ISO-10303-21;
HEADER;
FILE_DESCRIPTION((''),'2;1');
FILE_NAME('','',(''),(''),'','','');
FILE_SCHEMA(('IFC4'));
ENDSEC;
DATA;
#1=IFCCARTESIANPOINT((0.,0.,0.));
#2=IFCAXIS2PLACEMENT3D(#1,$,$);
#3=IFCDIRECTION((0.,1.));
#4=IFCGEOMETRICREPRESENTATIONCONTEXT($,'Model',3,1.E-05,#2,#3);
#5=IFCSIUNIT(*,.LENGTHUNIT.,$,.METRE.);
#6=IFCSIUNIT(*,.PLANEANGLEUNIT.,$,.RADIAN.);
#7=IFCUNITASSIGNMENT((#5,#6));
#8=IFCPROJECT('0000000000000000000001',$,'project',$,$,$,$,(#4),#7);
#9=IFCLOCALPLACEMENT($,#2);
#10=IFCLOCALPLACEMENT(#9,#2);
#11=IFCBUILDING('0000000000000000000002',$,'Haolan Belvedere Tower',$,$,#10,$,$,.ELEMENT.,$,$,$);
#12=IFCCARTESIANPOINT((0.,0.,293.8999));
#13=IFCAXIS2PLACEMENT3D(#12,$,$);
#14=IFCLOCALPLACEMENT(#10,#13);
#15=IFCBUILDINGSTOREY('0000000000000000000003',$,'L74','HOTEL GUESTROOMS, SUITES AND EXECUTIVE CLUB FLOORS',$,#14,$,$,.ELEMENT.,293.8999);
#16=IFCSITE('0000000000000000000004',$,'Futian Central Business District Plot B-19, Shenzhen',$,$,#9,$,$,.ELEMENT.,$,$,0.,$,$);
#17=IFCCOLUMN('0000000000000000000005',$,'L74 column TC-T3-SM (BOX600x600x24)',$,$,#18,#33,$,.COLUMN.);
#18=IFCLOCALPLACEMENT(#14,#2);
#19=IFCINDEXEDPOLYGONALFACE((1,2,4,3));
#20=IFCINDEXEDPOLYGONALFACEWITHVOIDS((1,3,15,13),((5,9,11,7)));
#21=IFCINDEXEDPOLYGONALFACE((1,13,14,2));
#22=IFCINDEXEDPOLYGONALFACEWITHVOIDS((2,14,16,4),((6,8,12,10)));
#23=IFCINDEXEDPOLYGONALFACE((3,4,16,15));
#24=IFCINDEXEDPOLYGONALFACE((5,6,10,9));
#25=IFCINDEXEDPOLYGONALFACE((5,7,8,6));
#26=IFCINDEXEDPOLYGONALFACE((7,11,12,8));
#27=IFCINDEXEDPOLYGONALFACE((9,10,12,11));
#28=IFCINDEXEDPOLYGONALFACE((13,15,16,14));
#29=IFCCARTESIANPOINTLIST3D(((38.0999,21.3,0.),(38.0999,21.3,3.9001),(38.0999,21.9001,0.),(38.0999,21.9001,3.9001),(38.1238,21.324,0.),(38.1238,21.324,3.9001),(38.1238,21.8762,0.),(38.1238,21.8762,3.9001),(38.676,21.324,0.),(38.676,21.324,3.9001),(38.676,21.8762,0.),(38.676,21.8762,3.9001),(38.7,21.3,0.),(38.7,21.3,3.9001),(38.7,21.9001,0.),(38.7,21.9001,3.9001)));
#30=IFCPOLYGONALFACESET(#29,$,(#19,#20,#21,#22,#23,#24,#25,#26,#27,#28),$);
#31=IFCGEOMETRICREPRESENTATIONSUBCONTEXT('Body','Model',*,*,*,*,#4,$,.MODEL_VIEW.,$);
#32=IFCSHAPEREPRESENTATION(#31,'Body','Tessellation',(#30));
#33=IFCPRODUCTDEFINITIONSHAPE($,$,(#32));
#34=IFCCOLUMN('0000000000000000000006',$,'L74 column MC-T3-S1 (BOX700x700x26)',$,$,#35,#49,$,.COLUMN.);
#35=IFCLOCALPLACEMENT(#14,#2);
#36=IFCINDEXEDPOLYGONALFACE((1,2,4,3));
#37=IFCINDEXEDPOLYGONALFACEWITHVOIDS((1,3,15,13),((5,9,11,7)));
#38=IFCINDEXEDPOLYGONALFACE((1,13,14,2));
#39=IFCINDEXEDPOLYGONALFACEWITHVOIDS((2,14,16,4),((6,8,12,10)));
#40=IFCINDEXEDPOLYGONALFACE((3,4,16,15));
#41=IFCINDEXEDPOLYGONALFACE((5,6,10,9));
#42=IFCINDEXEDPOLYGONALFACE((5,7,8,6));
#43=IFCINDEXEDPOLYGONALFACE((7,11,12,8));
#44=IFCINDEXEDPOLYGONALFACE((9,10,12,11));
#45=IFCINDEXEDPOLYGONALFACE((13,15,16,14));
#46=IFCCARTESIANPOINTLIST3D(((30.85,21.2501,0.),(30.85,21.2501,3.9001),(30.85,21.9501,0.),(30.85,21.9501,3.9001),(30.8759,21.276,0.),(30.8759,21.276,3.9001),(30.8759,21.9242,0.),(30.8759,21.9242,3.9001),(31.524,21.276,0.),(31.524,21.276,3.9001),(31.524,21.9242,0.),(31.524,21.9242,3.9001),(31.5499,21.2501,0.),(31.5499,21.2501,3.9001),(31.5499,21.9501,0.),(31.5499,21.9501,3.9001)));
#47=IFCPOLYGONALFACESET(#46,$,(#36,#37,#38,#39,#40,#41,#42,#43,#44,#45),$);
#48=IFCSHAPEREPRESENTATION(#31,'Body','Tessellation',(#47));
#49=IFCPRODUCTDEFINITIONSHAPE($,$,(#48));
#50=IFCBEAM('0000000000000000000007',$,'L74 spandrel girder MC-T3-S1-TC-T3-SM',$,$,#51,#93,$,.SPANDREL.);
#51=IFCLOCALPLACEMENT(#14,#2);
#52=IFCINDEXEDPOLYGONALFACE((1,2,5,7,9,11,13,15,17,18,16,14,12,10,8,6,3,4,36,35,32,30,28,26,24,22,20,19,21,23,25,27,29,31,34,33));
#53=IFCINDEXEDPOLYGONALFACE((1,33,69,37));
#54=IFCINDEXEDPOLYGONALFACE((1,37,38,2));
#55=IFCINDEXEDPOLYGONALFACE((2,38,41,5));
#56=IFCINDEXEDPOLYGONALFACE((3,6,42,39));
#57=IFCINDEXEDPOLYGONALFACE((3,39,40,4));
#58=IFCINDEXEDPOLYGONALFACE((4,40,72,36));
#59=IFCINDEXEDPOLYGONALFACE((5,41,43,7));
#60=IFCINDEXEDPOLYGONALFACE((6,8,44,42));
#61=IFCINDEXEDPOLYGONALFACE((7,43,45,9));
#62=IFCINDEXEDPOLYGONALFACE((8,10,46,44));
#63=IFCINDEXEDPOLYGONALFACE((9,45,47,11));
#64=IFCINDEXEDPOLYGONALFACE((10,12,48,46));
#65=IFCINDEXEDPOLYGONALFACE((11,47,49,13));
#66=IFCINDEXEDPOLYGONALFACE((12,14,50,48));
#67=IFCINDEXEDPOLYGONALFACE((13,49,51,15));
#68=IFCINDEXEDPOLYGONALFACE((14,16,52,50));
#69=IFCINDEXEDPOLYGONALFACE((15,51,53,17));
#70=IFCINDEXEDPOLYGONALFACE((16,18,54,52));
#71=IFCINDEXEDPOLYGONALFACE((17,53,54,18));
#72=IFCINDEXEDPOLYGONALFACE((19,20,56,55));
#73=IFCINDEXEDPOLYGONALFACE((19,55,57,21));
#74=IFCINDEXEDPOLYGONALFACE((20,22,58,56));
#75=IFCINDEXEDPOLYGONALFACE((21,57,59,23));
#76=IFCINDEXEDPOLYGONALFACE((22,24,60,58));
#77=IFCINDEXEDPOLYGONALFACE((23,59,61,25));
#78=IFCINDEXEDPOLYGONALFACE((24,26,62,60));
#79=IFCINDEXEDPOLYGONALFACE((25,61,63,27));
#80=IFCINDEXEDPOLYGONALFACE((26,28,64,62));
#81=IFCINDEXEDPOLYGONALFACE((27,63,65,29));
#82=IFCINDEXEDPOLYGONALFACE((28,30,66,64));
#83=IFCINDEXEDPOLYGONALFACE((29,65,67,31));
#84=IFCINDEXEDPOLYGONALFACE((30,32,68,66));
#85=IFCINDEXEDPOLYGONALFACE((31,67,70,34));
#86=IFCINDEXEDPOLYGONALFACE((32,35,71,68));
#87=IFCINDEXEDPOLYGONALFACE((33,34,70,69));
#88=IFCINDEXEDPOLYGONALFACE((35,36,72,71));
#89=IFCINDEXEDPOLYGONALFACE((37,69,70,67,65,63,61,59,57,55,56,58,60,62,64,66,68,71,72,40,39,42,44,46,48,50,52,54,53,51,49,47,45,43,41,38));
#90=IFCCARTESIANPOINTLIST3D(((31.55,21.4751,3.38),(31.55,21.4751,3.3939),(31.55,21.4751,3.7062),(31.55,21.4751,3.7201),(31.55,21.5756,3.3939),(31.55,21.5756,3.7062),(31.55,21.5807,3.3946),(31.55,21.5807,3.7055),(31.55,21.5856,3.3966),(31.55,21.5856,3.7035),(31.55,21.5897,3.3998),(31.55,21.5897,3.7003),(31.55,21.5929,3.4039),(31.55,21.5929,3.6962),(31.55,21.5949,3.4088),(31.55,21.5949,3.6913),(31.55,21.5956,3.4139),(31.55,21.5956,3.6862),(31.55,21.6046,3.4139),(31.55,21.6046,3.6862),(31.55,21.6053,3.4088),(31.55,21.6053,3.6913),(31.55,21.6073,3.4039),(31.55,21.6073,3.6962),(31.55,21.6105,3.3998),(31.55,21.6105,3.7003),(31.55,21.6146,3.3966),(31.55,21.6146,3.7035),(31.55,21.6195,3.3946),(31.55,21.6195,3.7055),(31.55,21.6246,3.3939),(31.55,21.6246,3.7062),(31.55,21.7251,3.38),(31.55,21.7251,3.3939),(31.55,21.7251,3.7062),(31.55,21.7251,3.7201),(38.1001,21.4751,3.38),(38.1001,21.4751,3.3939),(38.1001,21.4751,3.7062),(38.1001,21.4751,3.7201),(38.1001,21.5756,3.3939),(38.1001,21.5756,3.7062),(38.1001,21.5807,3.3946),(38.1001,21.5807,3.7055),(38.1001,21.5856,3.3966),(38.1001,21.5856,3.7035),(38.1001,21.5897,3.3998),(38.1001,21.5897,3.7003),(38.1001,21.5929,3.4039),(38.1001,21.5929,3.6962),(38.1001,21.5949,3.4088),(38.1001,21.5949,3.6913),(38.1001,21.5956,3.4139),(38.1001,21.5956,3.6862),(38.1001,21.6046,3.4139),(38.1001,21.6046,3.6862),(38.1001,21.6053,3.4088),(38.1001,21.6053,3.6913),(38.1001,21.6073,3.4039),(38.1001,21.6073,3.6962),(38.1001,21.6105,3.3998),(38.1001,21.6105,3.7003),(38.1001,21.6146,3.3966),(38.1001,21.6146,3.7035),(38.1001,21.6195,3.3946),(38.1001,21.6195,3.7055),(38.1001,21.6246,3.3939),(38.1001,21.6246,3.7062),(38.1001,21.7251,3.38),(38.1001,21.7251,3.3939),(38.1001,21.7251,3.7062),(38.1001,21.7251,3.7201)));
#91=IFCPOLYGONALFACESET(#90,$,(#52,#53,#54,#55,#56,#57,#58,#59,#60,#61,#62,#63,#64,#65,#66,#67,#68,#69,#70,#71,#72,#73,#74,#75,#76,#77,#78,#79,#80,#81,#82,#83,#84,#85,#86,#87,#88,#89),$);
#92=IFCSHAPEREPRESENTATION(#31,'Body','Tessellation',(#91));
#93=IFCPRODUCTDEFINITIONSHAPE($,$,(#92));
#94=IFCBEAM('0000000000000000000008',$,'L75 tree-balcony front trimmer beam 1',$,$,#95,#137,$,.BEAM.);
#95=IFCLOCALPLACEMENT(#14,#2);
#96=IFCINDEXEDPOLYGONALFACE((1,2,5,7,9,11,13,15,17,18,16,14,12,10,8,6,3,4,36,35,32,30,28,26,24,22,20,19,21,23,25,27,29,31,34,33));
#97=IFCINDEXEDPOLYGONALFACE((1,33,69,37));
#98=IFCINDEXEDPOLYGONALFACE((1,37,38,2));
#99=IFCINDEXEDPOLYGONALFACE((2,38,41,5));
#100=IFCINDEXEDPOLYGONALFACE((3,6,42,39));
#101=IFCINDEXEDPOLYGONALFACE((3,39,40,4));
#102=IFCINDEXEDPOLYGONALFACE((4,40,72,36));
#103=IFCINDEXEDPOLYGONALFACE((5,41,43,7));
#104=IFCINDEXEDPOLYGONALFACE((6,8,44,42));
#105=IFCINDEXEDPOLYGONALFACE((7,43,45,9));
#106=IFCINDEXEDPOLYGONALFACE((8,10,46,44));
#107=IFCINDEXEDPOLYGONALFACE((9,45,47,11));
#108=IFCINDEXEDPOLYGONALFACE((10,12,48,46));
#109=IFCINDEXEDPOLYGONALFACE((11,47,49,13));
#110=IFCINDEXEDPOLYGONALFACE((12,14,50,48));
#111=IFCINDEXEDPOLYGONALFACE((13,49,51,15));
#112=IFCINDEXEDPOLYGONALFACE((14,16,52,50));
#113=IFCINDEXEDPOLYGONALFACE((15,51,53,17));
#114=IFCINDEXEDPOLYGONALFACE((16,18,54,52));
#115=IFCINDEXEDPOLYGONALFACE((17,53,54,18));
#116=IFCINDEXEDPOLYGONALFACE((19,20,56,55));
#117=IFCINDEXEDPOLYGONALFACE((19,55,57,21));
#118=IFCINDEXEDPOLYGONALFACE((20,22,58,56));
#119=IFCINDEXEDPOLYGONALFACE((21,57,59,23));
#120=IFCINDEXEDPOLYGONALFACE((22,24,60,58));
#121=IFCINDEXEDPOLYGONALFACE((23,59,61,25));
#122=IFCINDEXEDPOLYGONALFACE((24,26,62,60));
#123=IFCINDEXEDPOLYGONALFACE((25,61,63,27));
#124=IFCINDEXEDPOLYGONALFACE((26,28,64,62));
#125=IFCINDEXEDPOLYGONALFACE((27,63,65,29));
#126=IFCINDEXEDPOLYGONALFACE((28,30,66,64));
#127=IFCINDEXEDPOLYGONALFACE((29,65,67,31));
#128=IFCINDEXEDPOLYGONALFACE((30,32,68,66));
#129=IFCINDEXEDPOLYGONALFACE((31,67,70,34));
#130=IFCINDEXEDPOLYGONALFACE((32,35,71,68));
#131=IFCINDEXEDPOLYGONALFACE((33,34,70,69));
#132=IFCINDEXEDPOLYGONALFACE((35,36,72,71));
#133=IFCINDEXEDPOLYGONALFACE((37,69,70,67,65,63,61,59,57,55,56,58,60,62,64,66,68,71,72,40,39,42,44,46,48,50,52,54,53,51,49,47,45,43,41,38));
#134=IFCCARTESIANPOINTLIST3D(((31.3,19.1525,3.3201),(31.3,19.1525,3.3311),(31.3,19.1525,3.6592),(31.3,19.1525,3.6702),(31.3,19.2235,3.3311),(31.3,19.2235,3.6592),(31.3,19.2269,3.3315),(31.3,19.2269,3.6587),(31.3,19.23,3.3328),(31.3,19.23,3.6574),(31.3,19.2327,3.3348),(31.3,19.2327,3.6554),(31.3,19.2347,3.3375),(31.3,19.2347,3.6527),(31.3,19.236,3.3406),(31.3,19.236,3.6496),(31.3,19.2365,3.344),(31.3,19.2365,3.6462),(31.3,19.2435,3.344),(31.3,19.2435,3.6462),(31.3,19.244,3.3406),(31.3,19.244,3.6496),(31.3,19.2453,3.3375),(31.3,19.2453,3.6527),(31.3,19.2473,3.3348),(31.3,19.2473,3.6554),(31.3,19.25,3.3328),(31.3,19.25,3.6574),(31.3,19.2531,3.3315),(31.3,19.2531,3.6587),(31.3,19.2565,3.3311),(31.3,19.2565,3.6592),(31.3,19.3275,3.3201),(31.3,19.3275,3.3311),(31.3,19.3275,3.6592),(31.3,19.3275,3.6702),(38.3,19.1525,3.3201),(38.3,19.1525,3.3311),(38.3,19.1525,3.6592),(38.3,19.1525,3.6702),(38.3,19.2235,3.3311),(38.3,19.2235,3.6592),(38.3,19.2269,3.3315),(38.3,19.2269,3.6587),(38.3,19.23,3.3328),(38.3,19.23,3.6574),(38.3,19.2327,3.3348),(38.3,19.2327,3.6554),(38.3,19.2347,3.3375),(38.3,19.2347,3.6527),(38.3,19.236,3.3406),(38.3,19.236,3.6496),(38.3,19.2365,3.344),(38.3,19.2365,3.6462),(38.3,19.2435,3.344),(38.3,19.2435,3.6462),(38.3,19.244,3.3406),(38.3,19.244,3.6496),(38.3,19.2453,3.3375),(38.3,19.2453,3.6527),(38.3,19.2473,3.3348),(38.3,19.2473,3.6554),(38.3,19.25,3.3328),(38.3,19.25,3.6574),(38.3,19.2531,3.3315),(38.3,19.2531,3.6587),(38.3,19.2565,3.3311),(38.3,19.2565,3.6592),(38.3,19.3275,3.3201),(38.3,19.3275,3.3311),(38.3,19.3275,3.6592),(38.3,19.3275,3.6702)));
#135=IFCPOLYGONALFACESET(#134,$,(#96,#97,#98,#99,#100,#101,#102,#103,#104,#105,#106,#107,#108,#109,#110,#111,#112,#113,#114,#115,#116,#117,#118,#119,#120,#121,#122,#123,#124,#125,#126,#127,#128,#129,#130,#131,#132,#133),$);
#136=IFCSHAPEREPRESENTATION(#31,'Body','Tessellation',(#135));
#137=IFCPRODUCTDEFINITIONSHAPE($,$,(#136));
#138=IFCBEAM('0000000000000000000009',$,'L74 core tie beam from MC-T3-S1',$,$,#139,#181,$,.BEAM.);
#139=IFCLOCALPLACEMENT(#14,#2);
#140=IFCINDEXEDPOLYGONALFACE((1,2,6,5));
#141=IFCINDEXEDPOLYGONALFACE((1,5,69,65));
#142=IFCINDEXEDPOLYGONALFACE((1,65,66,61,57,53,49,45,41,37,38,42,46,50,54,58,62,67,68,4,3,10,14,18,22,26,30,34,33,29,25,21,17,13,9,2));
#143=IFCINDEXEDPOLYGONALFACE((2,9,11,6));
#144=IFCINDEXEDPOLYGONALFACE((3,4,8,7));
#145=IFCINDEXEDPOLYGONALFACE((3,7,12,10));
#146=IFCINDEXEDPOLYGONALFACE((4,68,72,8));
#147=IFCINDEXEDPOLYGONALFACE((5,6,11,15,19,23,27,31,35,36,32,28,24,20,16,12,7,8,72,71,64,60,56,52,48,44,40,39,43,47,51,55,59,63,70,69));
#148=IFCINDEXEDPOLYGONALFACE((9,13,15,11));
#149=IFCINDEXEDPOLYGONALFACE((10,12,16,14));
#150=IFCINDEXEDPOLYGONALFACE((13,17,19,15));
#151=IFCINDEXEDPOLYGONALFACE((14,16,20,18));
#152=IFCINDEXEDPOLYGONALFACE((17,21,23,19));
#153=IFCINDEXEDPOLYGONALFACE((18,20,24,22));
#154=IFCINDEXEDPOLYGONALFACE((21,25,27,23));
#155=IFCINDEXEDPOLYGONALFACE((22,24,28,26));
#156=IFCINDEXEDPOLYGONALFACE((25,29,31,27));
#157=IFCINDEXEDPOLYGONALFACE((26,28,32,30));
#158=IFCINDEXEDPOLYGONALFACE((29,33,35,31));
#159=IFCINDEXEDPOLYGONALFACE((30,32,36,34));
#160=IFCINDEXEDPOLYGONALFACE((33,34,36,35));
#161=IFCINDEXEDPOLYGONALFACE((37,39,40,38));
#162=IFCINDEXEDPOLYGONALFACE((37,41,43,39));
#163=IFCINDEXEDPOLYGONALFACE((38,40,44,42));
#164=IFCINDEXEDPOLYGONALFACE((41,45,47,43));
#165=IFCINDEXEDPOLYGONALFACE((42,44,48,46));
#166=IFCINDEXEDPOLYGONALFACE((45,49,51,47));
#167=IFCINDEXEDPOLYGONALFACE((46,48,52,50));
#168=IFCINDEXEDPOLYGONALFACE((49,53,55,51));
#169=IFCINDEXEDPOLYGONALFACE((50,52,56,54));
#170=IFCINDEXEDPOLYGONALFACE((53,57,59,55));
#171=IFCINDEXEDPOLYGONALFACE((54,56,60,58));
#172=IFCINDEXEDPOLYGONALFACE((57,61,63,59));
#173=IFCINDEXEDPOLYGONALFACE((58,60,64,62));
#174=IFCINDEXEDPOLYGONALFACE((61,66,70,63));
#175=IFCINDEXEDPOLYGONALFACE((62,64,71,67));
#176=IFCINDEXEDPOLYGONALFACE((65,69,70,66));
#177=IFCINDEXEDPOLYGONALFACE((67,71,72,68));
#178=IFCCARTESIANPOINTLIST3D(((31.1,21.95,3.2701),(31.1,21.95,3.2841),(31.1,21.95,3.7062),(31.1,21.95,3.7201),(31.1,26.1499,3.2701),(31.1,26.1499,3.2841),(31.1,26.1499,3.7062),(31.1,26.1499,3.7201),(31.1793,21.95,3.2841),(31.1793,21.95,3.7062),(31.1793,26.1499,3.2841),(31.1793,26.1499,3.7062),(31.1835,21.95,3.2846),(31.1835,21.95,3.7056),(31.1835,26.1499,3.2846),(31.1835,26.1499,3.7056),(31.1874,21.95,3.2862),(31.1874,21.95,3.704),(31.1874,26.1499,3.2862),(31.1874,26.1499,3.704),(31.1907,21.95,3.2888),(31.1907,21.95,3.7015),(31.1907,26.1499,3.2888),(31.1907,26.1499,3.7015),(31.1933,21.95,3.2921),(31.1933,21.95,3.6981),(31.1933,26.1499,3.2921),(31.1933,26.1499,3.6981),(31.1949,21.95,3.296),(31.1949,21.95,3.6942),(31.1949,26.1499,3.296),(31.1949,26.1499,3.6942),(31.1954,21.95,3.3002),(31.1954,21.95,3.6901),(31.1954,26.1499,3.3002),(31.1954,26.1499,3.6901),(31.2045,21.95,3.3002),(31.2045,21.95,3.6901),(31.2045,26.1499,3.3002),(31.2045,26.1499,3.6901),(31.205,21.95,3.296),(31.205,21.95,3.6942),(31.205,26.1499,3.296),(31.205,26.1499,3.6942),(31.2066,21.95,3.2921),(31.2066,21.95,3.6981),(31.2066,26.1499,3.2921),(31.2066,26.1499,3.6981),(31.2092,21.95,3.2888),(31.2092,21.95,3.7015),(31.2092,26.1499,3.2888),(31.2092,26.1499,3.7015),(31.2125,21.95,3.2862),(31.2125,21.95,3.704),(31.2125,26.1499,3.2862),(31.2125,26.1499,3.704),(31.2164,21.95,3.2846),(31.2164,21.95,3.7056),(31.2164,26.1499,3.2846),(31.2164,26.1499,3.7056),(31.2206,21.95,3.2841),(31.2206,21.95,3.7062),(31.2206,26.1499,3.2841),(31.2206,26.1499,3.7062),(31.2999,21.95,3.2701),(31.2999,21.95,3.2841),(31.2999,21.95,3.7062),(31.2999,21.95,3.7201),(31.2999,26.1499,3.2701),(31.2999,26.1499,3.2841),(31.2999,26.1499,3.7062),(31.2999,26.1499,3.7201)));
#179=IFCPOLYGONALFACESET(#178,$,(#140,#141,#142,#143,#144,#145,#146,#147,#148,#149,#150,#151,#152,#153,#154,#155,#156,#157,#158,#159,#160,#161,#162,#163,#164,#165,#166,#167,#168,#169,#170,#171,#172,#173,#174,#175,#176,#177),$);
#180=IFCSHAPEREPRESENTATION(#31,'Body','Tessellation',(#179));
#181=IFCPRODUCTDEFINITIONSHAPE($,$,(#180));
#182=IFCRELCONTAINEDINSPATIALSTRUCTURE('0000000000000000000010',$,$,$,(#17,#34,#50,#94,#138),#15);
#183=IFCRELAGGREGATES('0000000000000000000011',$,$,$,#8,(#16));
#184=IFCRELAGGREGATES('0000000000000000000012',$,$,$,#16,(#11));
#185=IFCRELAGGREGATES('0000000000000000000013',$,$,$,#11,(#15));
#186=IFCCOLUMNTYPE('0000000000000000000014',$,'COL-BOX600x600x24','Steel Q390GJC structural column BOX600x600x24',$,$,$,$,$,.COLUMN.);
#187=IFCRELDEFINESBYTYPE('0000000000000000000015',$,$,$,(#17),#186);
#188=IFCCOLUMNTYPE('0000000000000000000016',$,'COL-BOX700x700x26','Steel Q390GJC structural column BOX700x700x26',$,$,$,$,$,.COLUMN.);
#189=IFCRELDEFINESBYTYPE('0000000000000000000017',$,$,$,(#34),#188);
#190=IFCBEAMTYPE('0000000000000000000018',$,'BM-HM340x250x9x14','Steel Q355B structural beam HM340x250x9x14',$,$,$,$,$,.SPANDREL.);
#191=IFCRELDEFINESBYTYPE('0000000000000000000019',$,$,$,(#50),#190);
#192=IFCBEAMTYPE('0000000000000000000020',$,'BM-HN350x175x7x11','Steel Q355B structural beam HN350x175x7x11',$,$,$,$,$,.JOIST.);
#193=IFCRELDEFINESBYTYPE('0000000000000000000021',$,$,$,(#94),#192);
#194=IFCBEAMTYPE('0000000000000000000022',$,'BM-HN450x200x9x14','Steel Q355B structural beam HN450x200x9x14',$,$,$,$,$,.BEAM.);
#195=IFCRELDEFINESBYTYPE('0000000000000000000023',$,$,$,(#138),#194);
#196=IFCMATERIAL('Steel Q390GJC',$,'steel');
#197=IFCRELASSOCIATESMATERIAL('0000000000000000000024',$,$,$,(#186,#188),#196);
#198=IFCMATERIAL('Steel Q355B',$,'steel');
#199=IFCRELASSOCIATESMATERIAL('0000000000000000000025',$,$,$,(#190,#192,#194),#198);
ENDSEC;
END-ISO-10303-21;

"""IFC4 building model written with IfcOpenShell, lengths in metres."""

from ifc_helpers import new_model, si_unit, direction, frame, origin, origin_2d, place, context, subcontext, project, spatial, hollow_rectangle, i_section, extrude, material, material_profile, profile_set, type_object, element, save


model = new_model("IFC4")

# Units and contexts
model_context = context("Model", 3, precision=1e-05, world=origin(), true_north=direction((0.0, 1.0)))
body_context = subcontext(model_context, "Body", "Model", "MODEL_VIEW")
ifc_project = project(units=[si_unit("LENGTHUNIT", "METRE"), si_unit("PLANEANGLEUNIT", "RADIAN")], contexts=[model_context])

# Site, building, storey
site_placement = place(None, origin())
site = spatial("IfcSite", under=ifc_project, at=site_placement, Name="Futian Central Business District Plot B-19, Shenzhen", CompositionType="ELEMENT", RefElevation=0.0)
building_placement = place(site_placement, origin())
building = spatial("IfcBuilding", under=site, at=building_placement, Name="Haolan Belvedere Tower", CompositionType="ELEMENT")
storey_placement = place(building_placement, frame((0.0, 0.0, 293.8999)))
storey = spatial("IfcBuildingStorey", under=building, at=storey_placement, Name="L74", Description="HOTEL GUESTROOMS, SUITES AND EXECUTIVE CLUB FLOORS", CompositionType="ELEMENT", Elevation=293.8999)

# Columns
ifc_material_1 = material(Name="Steel Q390GJC", Category="steel")
ifc_material_profile_1 = material_profile(ifc_material_1, hollow_rectangle(XDim=0.6001, YDim=0.6001, WallThickness=0.0239, at=origin_2d()), Name="Steel Q390GJC")
ifc_profile_set_1 = profile_set([ifc_material_profile_1], Name="Steel Q390GJC")
column_type_1 = type_object("IfcColumnType", Name="COL-BOX600x600x24", Description="Steel Q390GJC structural column BOX600x600x24", PredefinedType="COLUMN", material=ifc_profile_set_1)
column_1_placement = place(storey_placement, frame((38.3999, 21.6001, 0.0), z_axis=(0.0, 0.0, 1.0), x_axis=(1.0, 0.0, 0.0)))
element("IfcColumn", 1, at=column_1_placement, inside=storey, type_object=column_type_1, Name="L74 column TC-T3-SM (BOX600x600x24)", PredefinedType="COLUMN", context=body_context, shape_type="SweptSolid", body=[
    extrude(hollow_rectangle(XDim=0.6001, YDim=0.6001, WallThickness=0.0239, at=origin_2d()), origin(), (0.0, 0.0, 1.0), 3.9001),
])
ifc_material_profile_2 = material_profile(ifc_material_1, hollow_rectangle(XDim=0.7, YDim=0.7, WallThickness=0.0259, at=origin_2d()), Name="Steel Q390GJC")
ifc_profile_set_2 = profile_set([ifc_material_profile_2], Name="Steel Q390GJC")
column_type_2 = type_object("IfcColumnType", Name="COL-BOX700x700x26", Description="Steel Q390GJC structural column BOX700x700x26", PredefinedType="COLUMN", material=ifc_profile_set_2)
column_2_placement = place(storey_placement, frame((31.2, 21.6001, 0.0), z_axis=(0.0, 0.0, 1.0), x_axis=(1.0, 0.0, 0.0)))
element("IfcColumn", 2, at=column_2_placement, inside=storey, type_object=column_type_2, Name="L74 column MC-T3-S1 (BOX700x700x26)", PredefinedType="COLUMN", context=body_context, shape_type="SweptSolid", body=[
    extrude(hollow_rectangle(XDim=0.7, YDim=0.7, WallThickness=0.0259, at=origin_2d()), origin(), (0.0, 0.0, 1.0), 3.9001),
])

# Beams
ifc_material_2 = material(Name="Steel Q355B", Category="steel")
ifc_material_profile_3 = material_profile(ifc_material_2, i_section(OverallWidth=0.25, OverallDepth=0.3401, WebThickness=0.009, FlangeThickness=0.0139, FilletRadius=0.02, at=origin_2d()), Name="Steel Q355B")
ifc_profile_set_3 = profile_set([ifc_material_profile_3], Name="Steel Q355B")
beam_type_1 = type_object("IfcBeamType", Name="BM-HM340x250x9x14", Description="Steel Q355B structural beam HM340x250x9x14", PredefinedType="SPANDREL", material=ifc_profile_set_3)
beam_1_placement = place(storey_placement, frame((31.55, 21.6001, 3.55), z_axis=(1.0, 0.0, 0.0), x_axis=(0.0, 1.0, 0.0)))
element("IfcBeam", 3, at=beam_1_placement, inside=storey, type_object=beam_type_1, Name="L74 spandrel girder MC-T3-S1-TC-T3-SM", PredefinedType="SPANDREL", context=body_context, shape_type="SweptSolid", body=[
    extrude(i_section(OverallWidth=0.25, OverallDepth=0.3401, WebThickness=0.009, FlangeThickness=0.0139, FilletRadius=0.02, at=origin_2d()), origin(), (0.0, 0.0, 1.0), 6.55),
])
ifc_material_profile_4 = material_profile(ifc_material_2, i_section(OverallWidth=0.175, OverallDepth=0.3501, WebThickness=0.0071, FlangeThickness=0.011, FilletRadius=0.0129, at=origin_2d()), Name="Steel Q355B")
ifc_profile_set_4 = profile_set([ifc_material_profile_4], Name="Steel Q355B")
beam_type_2 = type_object("IfcBeamType", Name="BM-HN350x175x7x11", Description="Steel Q355B structural beam HN350x175x7x11", PredefinedType="JOIST", material=ifc_profile_set_4)
beam_2_placement = place(storey_placement, frame((31.3, 19.24, 3.4951), z_axis=(1.0, 0.0, 0.0), x_axis=(0.0, 1.0, 0.0)))
element("IfcBeam", 4, at=beam_2_placement, inside=storey, type_object=beam_type_2, Name="L75 tree-balcony front trimmer beam 1", PredefinedType="BEAM", context=body_context, shape_type="SweptSolid", body=[
    extrude(i_section(OverallWidth=0.175, OverallDepth=0.3501, WebThickness=0.0071, FlangeThickness=0.011, FilletRadius=0.0129, at=origin_2d()), origin(), (0.0, 0.0, 1.0), 7.0),
])
ifc_material_profile_5 = material_profile(ifc_material_2, i_section(OverallWidth=0.2, OverallDepth=0.45, WebThickness=0.009, FlangeThickness=0.0139, FilletRadius=0.0161, at=origin_2d()), Name="Steel Q355B")
ifc_profile_set_5 = profile_set([ifc_material_profile_5], Name="Steel Q355B")
beam_type_3 = type_object("IfcBeamType", Name="BM-HN450x200x9x14", Description="Steel Q355B structural beam HN450x200x9x14", PredefinedType="BEAM", material=ifc_profile_set_5)
beam_3_placement = place(storey_placement, frame((31.2, 21.95, 3.4951), z_axis=(0.0, 1.0, 0.0), x_axis=(-1.0, 0.0, 0.0)))
element("IfcBeam", 5, at=beam_3_placement, inside=storey, type_object=beam_type_3, Name="L74 core tie beam from MC-T3-S1", PredefinedType="BEAM", context=body_context, shape_type="SweptSolid", body=[
    extrude(i_section(OverallWidth=0.2, OverallDepth=0.45, WebThickness=0.009, FlangeThickness=0.0139, FilletRadius=0.0161, at=origin_2d()), origin(), (0.0, 0.0, 1.0), 4.2),
])

save(model, "model.ifc")
